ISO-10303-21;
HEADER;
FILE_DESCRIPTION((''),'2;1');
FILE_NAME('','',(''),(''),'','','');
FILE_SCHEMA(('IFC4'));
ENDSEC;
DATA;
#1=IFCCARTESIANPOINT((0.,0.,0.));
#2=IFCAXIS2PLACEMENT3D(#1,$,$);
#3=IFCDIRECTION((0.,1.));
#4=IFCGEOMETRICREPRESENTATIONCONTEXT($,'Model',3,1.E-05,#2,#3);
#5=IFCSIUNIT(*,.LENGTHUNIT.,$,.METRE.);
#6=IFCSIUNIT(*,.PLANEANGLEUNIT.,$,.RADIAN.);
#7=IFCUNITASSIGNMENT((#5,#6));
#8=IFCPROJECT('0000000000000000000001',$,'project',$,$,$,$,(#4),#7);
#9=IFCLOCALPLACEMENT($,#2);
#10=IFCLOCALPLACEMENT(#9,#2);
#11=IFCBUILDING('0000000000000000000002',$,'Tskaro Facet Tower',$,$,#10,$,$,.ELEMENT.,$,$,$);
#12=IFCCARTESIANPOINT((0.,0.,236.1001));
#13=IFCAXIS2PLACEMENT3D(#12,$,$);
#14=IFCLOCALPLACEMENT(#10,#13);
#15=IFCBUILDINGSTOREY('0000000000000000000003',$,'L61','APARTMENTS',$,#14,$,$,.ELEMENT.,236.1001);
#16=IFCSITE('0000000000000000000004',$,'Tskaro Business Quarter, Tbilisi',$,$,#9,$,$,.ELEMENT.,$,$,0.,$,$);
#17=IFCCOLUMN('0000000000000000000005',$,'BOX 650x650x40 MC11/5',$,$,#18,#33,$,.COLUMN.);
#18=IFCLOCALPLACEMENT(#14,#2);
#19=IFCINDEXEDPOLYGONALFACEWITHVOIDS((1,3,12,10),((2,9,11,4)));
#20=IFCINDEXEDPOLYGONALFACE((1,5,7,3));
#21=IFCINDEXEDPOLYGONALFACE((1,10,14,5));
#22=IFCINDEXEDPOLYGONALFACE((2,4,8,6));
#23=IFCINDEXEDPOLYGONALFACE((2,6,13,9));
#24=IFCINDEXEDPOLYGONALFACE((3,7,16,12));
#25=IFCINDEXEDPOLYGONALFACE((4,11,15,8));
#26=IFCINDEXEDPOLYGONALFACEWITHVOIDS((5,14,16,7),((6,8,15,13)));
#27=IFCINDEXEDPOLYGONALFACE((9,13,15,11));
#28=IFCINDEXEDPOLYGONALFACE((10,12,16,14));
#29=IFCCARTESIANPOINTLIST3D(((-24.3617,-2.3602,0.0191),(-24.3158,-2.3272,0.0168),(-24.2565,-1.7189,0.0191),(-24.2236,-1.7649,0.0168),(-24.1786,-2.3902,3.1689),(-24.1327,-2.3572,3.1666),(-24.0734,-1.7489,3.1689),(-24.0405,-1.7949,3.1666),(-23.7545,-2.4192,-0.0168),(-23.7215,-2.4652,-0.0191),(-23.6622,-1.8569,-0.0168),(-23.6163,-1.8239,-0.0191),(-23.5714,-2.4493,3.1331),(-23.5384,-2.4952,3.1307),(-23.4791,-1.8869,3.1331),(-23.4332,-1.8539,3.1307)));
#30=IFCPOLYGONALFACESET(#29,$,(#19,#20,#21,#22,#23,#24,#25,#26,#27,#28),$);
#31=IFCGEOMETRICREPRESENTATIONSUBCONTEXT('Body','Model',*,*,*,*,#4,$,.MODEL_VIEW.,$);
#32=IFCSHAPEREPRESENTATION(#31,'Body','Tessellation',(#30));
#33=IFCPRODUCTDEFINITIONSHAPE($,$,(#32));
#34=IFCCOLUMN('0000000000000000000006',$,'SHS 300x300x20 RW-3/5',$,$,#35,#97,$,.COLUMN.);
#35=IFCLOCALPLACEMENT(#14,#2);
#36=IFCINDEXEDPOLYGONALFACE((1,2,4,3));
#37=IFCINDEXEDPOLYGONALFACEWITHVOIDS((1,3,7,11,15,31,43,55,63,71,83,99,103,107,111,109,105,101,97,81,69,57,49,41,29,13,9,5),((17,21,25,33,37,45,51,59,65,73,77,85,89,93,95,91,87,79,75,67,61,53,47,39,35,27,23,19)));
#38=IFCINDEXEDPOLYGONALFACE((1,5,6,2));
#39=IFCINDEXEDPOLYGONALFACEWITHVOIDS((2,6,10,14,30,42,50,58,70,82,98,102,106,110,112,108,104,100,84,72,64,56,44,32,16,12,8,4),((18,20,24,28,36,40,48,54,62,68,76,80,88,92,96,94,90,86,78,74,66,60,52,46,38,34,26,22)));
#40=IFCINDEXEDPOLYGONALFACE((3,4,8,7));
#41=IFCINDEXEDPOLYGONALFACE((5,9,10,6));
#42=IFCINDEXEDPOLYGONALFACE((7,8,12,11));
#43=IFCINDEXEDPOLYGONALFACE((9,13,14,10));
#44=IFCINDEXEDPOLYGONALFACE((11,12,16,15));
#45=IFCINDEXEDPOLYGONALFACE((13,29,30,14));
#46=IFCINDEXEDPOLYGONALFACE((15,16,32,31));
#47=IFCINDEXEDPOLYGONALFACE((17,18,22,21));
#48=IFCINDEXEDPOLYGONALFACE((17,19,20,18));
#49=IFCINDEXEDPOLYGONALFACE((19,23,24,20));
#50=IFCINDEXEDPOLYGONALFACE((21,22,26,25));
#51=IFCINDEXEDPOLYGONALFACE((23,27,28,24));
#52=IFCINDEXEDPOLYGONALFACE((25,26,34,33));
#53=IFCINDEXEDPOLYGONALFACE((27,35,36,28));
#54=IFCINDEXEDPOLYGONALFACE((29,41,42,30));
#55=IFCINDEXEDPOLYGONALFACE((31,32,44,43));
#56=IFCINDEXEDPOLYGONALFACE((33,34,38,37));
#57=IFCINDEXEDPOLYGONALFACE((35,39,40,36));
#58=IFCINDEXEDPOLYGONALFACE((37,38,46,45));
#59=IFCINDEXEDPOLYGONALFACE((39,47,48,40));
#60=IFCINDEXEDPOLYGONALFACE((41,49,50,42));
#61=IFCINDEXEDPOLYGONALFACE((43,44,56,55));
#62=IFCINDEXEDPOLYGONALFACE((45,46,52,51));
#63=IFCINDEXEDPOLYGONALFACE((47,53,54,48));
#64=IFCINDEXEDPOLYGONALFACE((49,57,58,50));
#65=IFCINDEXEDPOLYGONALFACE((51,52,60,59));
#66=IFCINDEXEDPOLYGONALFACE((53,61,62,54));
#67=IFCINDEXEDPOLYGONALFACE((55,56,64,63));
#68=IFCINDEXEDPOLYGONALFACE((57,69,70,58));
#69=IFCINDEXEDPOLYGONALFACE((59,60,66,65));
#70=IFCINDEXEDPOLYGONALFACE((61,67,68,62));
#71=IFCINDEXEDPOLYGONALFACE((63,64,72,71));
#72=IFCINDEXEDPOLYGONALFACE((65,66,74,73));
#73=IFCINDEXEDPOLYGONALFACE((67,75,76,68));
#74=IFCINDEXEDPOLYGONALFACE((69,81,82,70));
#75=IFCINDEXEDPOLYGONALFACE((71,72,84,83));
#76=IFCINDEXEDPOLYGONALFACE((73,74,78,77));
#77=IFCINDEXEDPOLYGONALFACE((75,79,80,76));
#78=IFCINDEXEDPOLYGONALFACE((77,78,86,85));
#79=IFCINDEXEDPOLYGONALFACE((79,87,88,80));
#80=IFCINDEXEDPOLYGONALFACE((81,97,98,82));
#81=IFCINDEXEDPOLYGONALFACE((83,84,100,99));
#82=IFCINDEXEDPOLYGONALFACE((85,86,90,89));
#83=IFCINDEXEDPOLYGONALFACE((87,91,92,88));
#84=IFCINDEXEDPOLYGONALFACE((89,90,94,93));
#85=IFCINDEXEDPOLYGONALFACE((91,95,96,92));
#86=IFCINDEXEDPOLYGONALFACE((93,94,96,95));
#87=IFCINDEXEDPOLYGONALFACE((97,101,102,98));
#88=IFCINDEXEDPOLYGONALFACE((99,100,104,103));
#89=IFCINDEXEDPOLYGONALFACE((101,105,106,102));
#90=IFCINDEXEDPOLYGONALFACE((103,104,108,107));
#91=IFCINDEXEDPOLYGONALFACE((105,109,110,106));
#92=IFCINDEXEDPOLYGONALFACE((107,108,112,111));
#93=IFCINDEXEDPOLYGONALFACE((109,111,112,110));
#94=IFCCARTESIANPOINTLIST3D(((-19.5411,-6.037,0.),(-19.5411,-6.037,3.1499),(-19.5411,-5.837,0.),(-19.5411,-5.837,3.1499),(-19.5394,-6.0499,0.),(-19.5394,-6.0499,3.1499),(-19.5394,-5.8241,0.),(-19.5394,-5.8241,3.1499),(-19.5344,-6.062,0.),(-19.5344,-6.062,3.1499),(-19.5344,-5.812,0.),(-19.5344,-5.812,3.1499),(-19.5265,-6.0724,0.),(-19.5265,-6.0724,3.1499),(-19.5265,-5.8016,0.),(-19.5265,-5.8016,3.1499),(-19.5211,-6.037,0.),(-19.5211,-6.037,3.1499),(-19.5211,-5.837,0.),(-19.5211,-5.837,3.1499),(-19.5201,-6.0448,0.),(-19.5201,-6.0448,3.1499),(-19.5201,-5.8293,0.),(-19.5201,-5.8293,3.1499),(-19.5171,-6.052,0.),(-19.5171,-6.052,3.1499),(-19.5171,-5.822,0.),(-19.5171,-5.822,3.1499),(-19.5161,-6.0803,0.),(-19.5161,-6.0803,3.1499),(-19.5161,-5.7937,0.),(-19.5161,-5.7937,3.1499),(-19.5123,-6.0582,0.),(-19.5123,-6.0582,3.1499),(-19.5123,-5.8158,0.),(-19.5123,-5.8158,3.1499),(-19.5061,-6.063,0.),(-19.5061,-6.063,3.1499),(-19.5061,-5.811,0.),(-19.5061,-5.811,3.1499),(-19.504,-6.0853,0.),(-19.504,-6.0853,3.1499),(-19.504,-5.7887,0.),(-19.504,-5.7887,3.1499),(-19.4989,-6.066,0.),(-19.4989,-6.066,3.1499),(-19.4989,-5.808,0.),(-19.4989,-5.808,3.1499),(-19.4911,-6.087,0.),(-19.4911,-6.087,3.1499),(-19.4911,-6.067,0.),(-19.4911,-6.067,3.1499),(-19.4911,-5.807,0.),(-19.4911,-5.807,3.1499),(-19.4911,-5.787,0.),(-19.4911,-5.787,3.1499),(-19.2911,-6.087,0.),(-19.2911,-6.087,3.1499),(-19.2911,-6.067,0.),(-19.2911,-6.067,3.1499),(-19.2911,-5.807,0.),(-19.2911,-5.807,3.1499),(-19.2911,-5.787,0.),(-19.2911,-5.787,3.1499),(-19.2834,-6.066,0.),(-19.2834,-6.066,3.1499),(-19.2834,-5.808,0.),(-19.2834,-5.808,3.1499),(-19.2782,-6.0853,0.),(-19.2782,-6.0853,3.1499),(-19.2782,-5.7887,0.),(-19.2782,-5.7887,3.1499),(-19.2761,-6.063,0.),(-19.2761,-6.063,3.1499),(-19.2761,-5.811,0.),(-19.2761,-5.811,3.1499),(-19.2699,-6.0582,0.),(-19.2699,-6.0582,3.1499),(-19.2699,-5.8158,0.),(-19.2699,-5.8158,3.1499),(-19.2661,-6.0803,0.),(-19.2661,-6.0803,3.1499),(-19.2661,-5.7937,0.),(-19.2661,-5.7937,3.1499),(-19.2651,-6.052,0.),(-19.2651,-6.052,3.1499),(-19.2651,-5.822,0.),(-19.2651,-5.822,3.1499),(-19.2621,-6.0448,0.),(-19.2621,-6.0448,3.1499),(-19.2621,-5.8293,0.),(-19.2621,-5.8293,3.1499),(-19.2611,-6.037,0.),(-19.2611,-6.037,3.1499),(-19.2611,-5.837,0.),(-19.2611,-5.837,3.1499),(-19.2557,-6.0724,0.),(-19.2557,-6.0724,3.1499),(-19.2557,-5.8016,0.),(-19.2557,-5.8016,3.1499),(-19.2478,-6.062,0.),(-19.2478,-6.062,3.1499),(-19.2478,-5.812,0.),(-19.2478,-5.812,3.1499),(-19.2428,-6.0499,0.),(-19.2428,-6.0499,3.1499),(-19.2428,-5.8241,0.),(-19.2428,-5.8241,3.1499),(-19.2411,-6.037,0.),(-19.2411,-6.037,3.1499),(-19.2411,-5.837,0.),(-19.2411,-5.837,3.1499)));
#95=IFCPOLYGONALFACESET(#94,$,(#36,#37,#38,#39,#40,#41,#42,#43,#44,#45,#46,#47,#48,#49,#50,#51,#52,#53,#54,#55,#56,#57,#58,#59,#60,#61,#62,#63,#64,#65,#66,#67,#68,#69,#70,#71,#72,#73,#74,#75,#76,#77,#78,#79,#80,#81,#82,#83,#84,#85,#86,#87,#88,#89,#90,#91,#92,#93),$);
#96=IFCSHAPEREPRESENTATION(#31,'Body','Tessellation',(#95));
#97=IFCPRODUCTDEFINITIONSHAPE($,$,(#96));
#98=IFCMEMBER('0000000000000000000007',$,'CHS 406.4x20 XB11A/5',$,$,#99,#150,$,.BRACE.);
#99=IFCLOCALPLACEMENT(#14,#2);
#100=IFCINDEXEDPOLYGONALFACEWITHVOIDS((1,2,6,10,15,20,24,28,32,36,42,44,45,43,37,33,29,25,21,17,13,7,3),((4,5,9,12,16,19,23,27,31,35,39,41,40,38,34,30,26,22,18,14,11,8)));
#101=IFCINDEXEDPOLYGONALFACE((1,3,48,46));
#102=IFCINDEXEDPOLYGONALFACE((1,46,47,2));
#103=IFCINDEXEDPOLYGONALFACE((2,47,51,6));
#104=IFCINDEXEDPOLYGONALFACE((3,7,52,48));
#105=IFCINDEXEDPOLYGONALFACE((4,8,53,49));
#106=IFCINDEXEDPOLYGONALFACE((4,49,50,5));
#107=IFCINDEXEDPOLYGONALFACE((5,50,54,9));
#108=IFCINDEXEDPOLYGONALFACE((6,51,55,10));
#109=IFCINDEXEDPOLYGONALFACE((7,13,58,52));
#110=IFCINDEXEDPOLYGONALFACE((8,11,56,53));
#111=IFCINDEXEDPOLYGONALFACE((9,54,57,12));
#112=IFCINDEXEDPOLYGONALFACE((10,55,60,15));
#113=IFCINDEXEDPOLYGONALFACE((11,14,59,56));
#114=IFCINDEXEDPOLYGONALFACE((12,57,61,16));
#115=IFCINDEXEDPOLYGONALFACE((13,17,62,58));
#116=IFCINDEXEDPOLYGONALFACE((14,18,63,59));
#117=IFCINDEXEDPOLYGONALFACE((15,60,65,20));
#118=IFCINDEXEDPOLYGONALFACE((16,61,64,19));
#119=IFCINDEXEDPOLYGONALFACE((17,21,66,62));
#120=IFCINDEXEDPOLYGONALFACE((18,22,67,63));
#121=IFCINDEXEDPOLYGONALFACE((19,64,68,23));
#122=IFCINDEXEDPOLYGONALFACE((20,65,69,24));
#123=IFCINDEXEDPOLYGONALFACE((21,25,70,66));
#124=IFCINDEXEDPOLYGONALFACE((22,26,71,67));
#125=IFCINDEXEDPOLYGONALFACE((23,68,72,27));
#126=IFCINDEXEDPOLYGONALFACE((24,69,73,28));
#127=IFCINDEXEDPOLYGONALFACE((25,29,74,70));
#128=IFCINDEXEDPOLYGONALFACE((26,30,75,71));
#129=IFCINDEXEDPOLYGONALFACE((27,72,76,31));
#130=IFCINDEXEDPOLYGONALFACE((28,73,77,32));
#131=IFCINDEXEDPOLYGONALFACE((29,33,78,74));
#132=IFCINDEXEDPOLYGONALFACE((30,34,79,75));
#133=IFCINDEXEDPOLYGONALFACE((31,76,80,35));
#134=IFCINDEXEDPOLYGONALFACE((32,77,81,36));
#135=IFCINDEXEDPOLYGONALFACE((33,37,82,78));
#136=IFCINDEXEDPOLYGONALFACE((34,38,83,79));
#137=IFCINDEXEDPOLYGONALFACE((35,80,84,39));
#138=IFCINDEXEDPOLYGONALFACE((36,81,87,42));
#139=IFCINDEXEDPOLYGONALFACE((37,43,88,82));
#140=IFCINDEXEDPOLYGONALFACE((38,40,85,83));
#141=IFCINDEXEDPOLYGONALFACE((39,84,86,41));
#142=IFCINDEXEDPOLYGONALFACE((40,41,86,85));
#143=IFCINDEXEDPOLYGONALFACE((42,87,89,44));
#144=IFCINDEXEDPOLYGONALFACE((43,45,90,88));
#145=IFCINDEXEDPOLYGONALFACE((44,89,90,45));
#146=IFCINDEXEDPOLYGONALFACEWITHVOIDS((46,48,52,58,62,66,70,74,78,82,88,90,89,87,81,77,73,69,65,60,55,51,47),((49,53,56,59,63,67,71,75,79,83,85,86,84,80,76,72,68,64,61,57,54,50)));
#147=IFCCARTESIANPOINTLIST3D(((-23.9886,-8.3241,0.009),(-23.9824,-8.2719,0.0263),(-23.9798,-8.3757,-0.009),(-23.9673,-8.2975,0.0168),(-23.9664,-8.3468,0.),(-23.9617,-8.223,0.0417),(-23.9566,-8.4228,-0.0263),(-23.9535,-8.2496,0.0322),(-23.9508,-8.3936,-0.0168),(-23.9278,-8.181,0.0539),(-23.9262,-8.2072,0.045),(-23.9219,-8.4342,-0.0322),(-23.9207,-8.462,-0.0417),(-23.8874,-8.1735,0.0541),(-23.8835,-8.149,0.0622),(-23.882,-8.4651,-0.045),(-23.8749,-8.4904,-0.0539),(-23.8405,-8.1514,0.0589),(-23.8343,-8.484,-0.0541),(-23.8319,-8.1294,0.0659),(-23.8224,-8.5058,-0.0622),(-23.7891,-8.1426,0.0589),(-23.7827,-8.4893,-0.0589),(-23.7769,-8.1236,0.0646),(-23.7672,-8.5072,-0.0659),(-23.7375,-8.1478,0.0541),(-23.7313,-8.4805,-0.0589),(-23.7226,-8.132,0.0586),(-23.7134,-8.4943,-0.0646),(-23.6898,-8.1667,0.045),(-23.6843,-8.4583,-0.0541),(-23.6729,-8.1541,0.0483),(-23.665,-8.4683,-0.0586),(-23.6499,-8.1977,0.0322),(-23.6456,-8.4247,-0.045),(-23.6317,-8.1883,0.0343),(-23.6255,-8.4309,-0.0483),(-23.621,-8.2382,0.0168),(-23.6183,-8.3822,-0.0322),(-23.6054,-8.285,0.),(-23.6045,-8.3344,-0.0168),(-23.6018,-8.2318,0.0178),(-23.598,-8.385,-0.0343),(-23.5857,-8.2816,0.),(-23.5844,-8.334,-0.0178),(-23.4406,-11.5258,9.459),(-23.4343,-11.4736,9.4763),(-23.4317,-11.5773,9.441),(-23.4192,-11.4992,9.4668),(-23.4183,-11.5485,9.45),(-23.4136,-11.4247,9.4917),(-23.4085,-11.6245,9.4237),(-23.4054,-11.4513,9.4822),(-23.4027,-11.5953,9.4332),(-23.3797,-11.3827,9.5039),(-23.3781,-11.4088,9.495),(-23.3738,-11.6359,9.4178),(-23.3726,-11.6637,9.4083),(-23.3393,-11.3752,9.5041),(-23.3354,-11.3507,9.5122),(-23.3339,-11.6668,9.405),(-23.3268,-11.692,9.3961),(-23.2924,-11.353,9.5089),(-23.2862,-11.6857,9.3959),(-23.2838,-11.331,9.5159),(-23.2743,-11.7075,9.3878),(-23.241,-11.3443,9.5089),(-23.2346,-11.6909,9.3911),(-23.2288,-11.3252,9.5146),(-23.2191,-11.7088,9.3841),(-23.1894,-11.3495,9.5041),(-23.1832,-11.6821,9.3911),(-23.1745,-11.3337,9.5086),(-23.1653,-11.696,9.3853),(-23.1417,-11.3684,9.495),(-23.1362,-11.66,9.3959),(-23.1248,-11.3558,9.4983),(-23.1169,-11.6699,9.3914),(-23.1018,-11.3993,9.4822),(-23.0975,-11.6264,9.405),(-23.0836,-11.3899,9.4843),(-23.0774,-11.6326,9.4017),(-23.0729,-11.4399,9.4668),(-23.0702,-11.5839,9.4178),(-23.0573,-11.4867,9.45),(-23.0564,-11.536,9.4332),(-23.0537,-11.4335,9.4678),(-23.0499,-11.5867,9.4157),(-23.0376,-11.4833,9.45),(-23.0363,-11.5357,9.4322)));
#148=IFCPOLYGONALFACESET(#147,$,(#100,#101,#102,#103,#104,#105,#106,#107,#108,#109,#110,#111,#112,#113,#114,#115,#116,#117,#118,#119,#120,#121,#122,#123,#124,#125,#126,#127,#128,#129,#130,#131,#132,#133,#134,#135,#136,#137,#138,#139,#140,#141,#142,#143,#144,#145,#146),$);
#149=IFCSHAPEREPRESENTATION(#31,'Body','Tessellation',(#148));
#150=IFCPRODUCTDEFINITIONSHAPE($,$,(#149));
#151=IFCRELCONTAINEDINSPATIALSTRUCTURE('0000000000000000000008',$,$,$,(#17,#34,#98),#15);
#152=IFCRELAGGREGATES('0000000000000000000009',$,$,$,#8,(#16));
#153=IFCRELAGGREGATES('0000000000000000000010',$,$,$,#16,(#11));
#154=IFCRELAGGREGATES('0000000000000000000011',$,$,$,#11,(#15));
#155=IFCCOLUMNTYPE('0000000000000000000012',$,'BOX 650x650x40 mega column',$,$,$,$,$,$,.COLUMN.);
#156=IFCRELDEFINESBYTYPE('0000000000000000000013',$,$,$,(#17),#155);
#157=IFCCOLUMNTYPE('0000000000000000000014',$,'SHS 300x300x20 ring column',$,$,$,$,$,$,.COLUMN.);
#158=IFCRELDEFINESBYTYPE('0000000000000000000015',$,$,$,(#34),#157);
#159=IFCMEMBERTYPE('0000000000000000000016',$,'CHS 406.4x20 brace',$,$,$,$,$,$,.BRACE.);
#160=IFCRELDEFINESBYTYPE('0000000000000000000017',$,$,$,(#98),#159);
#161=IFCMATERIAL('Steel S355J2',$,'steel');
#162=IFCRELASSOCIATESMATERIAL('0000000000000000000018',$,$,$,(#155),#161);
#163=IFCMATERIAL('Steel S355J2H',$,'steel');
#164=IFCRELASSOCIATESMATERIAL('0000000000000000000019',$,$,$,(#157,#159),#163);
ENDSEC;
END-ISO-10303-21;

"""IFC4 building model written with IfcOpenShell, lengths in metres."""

from ifc_helpers import new_model, si_unit, direction, frame, origin, origin_2d, place, context, subcontext, project, spatial, hollow_rectangle, hollow_circle, extrude, material, material_profile, profile_set, type_object, element, save


model = new_model("IFC4")

# Units and contexts
model_context = context("Model", 3, precision=1e-05, world=origin(), true_north=direction((0.0, 1.0)))
body_context = subcontext(model_context, "Body", "Model", "MODEL_VIEW")
ifc_project = project(units=[si_unit("LENGTHUNIT", "METRE"), si_unit("PLANEANGLEUNIT", "RADIAN")], contexts=[model_context])

# Site, building, storey
site_placement = place(None, origin())
site = spatial("IfcSite", under=ifc_project, at=site_placement, Name="Tskaro Business Quarter, Tbilisi", CompositionType="ELEMENT", RefElevation=0.0)
building_placement = place(site_placement, origin())
building = spatial("IfcBuilding", under=site, at=building_placement, Name="Tskaro Facet Tower", CompositionType="ELEMENT")
storey_placement = place(building_placement, frame((0.0, 0.0, 236.1001)))
storey = spatial("IfcBuildingStorey", under=building, at=storey_placement, Name="L61", Description="APARTMENTS", CompositionType="ELEMENT", Elevation=236.1001)

# Columns
ifc_material_1 = material(Name="Steel S355J2", Category="steel")
ifc_material_profile_1 = material_profile(ifc_material_1, hollow_rectangle(XDim=0.6499, YDim=0.6499, WallThickness=0.04, at=origin_2d()), Name="BOX 650x650x40")
ifc_profile_set_1 = profile_set([ifc_material_profile_1], Name="Steel S355J2")
column_type_1 = type_object("IfcColumnType", Name="BOX 650x650x40 mega column", PredefinedType="COLUMN", material=ifc_profile_set_1)
column_1_placement = place(storey_placement, frame((-23.989, -2.092, 0.0), z_axis=(0.05803, -0.009517, 0.998269), x_axis=(0.161838, 0.986817, 0.0)))
element("IfcColumn", 1, at=column_1_placement, inside=storey, type_object=column_type_1, Name="BOX 650x650x40 MC11/5", PredefinedType="COLUMN", context=body_context, shape_type="SweptSolid", body=[
    extrude(hollow_rectangle(XDim=0.6499, YDim=0.6499, WallThickness=0.04, at=origin_2d()), origin(), (0.0, 0.0, 1.0), 3.1553),
])
ifc_material_2 = material(Name="Steel S355J2H", Category="steel")
ifc_material_profile_2 = material_profile(ifc_material_2, hollow_rectangle(XDim=0.3, YDim=0.3, WallThickness=0.02, InnerFilletRadius=0.03, OuterFilletRadius=0.05, at=origin_2d()), Name="SHS 300x300x20")
ifc_profile_set_2 = profile_set([ifc_material_profile_2], Name="Steel S355J2H")
column_type_2 = type_object("IfcColumnType", Name="SHS 300x300x20 ring column", PredefinedType="COLUMN", material=ifc_profile_set_2)
column_2_placement = place(storey_placement, frame((-19.3911, -5.937, 0.0), z_axis=(0.0, 0.0, 1.0), x_axis=(1.0, 0.0, 0.0)))
element("IfcColumn", 2, at=column_2_placement, inside=storey, type_object=column_type_2, Name="SHS 300x300x20 RW-3/5", PredefinedType="COLUMN", context=body_context, shape_type="SweptSolid", body=[
    extrude(hollow_rectangle(XDim=0.3, YDim=0.3, WallThickness=0.02, InnerFilletRadius=0.03, OuterFilletRadius=0.05, at=origin_2d()), origin(), (0.0, 0.0, 1.0), 3.1499),
])

# Member
ifc_material_profile_3 = material_profile(ifc_material_2, hollow_circle(Radius=0.2031, WallThickness=0.02, at=origin_2d()), Name="CHS 406.4x20")
ifc_profile_set_3 = profile_set([ifc_material_profile_3], Name="Steel S355J2H")
member_type_1 = type_object("IfcMemberType", Name="CHS 406.4x20 brace", PredefinedType="BRACE", material=ifc_profile_set_3)
member_1_placement = place(storey_placement, frame((-23.7859, -8.3159, 0.0), z_axis=(0.05485, -0.320402, 0.945692), x_axis=(0.985661, 0.168736, 0.0)))
element("IfcMember", 3, at=member_1_placement, inside=storey, type_object=member_type_1, Name="CHS 406.4x20 XB11A/5", PredefinedType="BRACE", context=body_context, shape_type="SweptSolid", body=[
    extrude(hollow_circle(Radius=0.2031, WallThickness=0.02, at=origin_2d()), origin(), (0.0, 0.0, 1.0), 9.9927),
])

save(model, "model.ifc")
